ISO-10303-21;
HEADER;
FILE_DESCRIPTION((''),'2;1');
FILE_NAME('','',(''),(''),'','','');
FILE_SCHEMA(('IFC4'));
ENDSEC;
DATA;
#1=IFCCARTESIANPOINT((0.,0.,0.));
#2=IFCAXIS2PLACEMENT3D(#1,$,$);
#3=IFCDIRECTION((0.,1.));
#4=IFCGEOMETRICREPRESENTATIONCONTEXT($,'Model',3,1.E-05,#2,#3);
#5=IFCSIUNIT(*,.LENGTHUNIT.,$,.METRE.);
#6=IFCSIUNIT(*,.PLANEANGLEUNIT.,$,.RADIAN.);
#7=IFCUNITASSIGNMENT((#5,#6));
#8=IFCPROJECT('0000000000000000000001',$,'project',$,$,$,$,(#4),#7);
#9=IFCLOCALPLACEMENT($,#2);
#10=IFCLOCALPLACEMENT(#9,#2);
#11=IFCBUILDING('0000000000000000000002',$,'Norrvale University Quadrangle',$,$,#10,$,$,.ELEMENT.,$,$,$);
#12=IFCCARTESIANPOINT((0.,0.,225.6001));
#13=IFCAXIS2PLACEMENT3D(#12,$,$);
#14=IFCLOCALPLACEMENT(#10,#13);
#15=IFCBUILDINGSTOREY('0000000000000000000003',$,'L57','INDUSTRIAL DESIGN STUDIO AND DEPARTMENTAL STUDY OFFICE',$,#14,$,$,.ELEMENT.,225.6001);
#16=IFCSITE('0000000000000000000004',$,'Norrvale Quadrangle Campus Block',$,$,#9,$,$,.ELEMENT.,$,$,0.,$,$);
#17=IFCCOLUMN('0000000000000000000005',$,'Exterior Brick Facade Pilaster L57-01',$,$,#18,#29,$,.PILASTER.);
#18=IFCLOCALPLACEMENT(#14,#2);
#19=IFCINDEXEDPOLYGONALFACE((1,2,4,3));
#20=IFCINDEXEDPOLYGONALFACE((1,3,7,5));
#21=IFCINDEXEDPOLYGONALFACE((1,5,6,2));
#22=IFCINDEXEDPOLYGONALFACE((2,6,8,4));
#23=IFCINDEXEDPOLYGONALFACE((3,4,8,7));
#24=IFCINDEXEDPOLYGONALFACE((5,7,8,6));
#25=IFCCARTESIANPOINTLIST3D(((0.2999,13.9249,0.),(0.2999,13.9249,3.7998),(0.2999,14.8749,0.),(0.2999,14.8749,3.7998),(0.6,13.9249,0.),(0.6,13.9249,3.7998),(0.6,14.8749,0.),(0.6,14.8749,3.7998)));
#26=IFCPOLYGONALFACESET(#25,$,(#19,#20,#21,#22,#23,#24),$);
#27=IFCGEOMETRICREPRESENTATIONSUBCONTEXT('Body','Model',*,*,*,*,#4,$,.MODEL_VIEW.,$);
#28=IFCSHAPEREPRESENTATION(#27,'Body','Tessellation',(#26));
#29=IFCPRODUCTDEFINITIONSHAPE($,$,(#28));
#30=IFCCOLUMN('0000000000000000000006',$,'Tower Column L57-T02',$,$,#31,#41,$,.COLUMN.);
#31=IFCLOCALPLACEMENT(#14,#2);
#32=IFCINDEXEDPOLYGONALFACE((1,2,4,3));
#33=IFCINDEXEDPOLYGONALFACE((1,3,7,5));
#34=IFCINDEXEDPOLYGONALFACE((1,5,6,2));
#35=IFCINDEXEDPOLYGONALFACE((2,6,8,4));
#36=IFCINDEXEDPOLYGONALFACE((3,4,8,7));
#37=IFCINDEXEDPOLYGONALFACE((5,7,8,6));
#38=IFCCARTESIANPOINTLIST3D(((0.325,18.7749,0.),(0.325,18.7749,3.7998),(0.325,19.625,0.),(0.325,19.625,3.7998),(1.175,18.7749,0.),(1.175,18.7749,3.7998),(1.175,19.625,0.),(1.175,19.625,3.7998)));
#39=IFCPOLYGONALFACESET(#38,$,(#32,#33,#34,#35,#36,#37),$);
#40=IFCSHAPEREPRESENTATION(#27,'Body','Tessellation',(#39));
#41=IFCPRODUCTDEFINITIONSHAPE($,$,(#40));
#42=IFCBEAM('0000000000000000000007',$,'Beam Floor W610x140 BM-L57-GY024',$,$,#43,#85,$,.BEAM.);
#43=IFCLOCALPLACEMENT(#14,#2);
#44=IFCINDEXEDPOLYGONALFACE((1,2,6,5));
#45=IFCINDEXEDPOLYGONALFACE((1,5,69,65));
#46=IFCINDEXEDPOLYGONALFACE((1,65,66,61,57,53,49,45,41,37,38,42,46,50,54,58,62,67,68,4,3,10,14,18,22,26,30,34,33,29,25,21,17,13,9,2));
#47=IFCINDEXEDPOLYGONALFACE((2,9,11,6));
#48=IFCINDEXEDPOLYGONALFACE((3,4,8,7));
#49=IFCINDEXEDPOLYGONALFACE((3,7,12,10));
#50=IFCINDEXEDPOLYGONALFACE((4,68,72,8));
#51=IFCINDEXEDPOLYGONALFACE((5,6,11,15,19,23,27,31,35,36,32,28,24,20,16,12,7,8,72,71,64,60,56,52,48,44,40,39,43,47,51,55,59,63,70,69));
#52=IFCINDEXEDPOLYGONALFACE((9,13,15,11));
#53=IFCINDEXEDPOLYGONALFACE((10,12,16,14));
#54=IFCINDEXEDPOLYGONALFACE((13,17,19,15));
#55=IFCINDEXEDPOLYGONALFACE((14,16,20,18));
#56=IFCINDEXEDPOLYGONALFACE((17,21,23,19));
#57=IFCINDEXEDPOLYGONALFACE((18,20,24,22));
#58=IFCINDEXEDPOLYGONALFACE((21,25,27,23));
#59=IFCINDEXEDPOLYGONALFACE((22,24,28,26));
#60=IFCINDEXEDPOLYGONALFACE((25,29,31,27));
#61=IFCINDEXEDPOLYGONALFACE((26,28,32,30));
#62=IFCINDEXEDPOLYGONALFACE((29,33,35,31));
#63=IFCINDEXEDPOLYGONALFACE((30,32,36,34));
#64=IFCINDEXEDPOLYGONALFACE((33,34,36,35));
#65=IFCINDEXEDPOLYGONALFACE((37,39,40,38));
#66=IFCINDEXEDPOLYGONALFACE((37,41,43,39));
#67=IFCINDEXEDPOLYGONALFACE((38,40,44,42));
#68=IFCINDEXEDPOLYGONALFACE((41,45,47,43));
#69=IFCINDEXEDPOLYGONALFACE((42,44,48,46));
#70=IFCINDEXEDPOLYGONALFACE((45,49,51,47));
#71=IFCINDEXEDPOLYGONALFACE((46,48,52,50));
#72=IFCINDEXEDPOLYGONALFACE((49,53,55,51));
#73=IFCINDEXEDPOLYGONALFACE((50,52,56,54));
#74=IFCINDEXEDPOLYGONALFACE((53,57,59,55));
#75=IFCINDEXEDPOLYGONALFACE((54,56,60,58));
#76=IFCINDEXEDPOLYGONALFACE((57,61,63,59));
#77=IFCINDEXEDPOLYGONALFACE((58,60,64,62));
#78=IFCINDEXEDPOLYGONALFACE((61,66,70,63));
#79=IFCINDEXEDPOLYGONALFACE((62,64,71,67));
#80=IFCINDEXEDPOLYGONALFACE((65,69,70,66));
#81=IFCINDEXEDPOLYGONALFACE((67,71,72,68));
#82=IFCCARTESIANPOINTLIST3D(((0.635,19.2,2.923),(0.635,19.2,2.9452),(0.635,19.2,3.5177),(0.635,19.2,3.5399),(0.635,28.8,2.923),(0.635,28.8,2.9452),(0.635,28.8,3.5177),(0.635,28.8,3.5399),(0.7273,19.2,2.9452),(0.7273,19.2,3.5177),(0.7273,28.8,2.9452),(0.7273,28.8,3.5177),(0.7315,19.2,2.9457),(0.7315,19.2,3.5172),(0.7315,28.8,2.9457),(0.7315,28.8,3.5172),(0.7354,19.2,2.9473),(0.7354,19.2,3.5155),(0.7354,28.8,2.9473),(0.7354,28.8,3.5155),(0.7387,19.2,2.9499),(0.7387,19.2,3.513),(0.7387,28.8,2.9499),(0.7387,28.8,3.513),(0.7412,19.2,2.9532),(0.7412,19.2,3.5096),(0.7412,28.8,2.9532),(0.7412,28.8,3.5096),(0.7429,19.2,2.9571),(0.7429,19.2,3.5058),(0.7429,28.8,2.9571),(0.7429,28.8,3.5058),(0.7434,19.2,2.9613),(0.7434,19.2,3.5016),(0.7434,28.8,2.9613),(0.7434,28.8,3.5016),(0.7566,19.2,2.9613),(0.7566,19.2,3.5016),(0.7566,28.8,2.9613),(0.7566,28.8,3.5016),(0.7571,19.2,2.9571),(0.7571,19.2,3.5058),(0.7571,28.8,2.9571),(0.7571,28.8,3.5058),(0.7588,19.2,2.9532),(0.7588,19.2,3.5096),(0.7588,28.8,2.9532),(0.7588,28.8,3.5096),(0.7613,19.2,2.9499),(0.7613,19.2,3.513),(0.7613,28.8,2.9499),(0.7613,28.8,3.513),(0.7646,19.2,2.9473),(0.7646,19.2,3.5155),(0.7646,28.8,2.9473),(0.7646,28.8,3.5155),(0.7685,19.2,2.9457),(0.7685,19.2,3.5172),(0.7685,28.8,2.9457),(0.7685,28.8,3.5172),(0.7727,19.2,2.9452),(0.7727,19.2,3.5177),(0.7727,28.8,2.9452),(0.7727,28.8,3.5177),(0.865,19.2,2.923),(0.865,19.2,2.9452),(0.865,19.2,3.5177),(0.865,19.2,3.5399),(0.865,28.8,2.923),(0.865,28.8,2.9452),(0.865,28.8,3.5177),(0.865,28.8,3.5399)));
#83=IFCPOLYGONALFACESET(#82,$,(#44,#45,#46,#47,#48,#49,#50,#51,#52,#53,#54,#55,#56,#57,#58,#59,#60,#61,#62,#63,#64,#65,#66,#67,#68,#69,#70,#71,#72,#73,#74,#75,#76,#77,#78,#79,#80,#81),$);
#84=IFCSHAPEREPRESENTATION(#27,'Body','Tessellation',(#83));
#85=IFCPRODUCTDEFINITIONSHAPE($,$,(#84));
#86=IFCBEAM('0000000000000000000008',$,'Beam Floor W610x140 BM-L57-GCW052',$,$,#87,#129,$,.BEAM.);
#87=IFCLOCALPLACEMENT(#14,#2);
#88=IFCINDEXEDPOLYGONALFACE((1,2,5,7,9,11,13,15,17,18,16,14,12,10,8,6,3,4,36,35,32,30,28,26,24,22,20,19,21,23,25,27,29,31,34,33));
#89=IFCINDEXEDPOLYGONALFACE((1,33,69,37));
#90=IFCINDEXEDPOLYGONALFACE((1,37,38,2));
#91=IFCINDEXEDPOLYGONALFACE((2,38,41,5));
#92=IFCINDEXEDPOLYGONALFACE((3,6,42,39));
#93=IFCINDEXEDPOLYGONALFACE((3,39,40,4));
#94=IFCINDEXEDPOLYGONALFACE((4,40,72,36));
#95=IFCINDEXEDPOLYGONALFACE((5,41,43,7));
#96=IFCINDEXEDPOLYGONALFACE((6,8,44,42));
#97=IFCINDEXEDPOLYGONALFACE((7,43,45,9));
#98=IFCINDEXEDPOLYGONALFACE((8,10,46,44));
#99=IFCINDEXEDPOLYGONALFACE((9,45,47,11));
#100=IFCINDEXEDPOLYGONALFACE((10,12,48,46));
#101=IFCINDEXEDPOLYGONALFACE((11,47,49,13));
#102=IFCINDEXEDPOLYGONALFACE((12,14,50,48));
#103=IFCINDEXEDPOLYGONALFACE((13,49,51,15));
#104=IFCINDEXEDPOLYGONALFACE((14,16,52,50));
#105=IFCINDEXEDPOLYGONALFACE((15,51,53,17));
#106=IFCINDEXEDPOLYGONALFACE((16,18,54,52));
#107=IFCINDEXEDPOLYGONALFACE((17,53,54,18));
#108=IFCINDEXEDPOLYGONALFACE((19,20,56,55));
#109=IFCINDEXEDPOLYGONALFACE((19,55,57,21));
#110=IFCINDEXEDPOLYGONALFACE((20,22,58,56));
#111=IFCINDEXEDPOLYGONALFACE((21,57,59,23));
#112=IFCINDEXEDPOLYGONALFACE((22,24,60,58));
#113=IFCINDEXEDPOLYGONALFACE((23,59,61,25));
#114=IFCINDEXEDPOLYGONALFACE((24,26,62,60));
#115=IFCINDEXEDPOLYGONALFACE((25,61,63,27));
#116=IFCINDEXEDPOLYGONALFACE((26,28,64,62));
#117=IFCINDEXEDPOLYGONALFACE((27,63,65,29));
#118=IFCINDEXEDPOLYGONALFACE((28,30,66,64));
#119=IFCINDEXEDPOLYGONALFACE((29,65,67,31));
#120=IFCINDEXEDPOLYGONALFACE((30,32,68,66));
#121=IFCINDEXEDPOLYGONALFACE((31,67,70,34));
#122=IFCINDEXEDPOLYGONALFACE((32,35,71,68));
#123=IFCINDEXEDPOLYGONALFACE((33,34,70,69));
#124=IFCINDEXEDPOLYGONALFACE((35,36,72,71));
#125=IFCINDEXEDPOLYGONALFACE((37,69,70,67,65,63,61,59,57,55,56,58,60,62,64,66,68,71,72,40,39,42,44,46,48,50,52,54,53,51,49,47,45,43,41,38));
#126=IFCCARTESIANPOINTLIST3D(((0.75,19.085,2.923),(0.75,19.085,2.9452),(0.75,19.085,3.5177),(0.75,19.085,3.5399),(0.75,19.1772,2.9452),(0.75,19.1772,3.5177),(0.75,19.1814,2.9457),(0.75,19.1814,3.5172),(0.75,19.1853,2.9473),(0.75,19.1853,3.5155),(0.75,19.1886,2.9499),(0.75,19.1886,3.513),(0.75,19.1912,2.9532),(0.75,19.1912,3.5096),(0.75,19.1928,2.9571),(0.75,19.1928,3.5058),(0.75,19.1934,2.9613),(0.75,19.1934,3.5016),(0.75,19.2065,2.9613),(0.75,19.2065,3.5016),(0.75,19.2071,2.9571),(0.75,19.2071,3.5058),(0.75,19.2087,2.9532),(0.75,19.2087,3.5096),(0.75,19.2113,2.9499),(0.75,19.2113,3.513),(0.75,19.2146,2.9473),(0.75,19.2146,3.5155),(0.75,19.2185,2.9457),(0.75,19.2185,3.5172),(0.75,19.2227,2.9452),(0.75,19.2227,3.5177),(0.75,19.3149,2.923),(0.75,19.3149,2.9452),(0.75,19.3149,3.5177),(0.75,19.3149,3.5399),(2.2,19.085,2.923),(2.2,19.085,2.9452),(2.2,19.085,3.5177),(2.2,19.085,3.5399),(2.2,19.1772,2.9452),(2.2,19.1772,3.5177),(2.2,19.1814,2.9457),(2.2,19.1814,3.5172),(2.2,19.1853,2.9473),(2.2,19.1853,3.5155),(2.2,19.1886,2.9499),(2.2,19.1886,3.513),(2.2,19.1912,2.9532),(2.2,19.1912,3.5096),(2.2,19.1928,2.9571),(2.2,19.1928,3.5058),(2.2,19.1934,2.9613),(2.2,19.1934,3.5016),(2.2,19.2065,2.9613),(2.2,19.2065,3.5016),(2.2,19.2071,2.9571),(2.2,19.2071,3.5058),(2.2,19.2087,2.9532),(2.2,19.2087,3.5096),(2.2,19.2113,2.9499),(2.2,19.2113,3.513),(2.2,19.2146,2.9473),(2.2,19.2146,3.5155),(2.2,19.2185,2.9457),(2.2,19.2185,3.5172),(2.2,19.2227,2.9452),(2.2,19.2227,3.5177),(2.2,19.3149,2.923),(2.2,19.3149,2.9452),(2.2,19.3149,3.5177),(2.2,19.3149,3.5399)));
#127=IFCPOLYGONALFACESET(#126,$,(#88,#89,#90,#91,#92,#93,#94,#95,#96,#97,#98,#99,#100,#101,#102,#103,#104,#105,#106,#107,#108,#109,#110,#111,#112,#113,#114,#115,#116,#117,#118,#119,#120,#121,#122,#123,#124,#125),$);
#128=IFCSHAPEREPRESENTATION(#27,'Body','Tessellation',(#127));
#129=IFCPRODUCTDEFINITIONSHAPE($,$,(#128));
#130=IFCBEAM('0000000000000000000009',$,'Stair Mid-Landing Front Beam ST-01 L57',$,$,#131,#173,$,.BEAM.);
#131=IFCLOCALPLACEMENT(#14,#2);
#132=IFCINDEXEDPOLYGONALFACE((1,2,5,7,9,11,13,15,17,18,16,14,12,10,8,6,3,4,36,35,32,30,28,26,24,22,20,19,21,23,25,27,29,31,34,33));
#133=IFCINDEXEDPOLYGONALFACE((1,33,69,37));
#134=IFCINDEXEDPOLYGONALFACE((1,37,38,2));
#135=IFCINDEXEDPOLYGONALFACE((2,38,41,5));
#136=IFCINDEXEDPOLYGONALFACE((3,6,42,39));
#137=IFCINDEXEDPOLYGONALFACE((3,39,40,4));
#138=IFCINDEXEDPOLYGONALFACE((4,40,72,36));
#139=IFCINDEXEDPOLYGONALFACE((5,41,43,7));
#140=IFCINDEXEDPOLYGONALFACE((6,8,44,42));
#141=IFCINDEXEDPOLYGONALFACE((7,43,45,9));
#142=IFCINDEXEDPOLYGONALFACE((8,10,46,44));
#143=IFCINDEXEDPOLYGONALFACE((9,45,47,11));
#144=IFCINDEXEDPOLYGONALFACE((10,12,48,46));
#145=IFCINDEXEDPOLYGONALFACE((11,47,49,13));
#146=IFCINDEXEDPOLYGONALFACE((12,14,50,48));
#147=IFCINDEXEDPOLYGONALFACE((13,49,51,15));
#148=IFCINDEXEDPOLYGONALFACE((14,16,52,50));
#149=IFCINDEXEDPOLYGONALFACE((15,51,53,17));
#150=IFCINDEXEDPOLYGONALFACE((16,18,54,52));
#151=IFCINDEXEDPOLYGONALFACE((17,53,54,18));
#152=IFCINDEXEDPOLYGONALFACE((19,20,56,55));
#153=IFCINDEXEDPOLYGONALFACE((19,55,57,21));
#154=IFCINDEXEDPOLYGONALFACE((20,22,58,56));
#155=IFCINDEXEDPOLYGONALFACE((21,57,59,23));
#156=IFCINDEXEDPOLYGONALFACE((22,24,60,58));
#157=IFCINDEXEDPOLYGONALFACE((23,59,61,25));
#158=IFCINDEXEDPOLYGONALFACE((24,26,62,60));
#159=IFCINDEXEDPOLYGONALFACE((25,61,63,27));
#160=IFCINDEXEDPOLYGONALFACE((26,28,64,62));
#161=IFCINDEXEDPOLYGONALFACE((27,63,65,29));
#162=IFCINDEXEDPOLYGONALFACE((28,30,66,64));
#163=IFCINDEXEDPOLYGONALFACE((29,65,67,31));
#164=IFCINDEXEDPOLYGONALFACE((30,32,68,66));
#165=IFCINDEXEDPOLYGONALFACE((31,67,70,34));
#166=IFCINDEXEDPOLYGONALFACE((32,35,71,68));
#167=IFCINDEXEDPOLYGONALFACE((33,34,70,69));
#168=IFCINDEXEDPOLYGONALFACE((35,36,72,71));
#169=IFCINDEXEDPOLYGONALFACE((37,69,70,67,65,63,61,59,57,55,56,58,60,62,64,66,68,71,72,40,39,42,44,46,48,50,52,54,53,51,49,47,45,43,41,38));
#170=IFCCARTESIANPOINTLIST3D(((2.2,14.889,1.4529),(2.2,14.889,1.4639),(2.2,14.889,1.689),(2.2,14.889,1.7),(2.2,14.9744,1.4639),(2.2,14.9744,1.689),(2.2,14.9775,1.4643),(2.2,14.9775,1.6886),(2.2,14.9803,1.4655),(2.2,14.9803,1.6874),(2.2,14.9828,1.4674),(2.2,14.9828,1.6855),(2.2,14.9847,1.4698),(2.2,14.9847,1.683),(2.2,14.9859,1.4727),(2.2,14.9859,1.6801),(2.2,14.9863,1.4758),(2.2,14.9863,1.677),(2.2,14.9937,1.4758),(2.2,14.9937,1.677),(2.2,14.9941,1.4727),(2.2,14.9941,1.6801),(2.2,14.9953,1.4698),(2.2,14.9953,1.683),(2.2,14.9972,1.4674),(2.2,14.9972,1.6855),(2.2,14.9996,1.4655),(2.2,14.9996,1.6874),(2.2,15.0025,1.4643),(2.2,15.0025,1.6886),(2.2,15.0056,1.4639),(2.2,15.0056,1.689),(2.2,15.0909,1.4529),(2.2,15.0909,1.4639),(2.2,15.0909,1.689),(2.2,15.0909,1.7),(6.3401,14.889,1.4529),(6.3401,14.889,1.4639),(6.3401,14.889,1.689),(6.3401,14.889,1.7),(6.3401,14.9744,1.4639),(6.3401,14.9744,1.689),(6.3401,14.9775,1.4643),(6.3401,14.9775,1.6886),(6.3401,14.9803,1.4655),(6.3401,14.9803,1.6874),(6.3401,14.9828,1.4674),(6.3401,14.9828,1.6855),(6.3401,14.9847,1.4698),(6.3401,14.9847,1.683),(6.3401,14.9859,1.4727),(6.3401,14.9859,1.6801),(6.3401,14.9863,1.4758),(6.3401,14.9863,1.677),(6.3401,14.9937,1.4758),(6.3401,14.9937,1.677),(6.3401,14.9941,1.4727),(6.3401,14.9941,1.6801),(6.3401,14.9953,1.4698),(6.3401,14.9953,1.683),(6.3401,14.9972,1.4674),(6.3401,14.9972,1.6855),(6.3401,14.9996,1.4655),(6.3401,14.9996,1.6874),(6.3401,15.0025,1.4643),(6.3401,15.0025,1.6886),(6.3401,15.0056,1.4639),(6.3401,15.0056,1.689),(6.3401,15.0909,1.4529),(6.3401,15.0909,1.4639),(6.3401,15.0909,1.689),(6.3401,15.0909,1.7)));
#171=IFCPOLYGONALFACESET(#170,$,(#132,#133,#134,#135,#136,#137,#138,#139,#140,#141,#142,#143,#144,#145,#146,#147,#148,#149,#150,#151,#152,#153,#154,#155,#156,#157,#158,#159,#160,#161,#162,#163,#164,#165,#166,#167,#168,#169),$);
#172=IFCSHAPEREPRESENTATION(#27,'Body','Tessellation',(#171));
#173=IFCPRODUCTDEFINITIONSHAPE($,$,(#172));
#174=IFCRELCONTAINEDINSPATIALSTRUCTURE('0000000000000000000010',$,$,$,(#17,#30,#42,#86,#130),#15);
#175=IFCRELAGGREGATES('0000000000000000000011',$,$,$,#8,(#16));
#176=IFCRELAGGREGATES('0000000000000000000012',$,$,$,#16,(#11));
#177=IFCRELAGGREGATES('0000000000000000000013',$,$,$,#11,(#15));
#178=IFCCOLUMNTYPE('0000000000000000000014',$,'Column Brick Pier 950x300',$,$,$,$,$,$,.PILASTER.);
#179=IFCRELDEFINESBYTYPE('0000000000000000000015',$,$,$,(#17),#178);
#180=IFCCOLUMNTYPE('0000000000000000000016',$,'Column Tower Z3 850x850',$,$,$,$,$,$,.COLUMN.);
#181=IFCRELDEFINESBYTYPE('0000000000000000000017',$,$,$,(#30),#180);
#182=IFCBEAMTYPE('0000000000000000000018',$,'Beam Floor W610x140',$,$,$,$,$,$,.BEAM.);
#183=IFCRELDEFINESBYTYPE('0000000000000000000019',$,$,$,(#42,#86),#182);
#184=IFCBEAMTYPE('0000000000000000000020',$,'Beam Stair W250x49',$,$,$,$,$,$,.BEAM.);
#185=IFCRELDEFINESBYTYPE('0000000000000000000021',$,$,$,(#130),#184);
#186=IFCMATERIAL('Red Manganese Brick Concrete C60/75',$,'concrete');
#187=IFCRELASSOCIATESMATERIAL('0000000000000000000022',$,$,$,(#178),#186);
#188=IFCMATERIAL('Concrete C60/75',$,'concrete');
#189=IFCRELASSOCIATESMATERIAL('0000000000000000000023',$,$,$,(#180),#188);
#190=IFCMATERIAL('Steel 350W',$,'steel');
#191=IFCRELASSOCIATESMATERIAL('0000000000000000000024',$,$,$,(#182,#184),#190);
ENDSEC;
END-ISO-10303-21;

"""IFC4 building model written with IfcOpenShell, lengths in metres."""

from ifc_helpers import new_model, si_unit, direction, frame, origin, origin_2d, place, context, subcontext, project, spatial, rectangle, i_section, extrude, material, material_profile, profile_set, type_object, element, save


model = new_model("IFC4")

# Units and contexts
model_context = context("Model", 3, precision=1e-05, world=origin(), true_north=direction((0.0, 1.0)))
body_context = subcontext(model_context, "Body", "Model", "MODEL_VIEW")
ifc_project = project(units=[si_unit("LENGTHUNIT", "METRE"), si_unit("PLANEANGLEUNIT", "RADIAN")], contexts=[model_context])

# Site, building, storey
site_placement = place(None, origin())
site = spatial("IfcSite", under=ifc_project, at=site_placement, Name="Norrvale Quadrangle Campus Block", CompositionType="ELEMENT", RefElevation=0.0)
building_placement = place(site_placement, origin())
building = spatial("IfcBuilding", under=site, at=building_placement, Name="Norrvale University Quadrangle", CompositionType="ELEMENT")
storey_placement = place(building_placement, frame((0.0, 0.0, 225.6001)))
storey = spatial("IfcBuildingStorey", under=building, at=storey_placement, Name="L57", Description="INDUSTRIAL DESIGN STUDIO AND DEPARTMENTAL STUDY OFFICE", CompositionType="ELEMENT", Elevation=225.6001)

# Columns
ifc_material_1 = material(Name="Red Manganese Brick Concrete C60/75", Category="concrete")
ifc_material_profile_1 = material_profile(ifc_material_1, rectangle(XDim=0.95, YDim=0.3, at=origin_2d()), Name="Red Manganese Brick Concrete C60/75")
ifc_profile_set_1 = profile_set([ifc_material_profile_1], Name="Red Manganese Brick Concrete C60/75")
column_type_1 = type_object("IfcColumnType", Name="Column Brick Pier 950x300", PredefinedType="PILASTER", material=ifc_profile_set_1)
column_1_placement = place(storey_placement, frame((0.45, 14.3999, 0.0), z_axis=(0.0, 0.0, 1.0), x_axis=(0.0, 1.0, 0.0)))
element("IfcColumn", 1, at=column_1_placement, inside=storey, type_object=column_type_1, Name="Exterior Brick Facade Pilaster L57-01", PredefinedType="PILASTER", context=body_context, shape_type="SweptSolid", body=[
    extrude(rectangle(XDim=0.95, YDim=0.3, at=origin_2d()), origin(), (0.0, 0.0, 1.0), 3.7998),
])
ifc_material_2 = material(Name="Concrete C60/75", Category="concrete")
ifc_material_profile_2 = material_profile(ifc_material_2, rectangle(XDim=0.8501, YDim=0.8501, at=origin_2d()), Name="Concrete C60/75")
ifc_profile_set_2 = profile_set([ifc_material_profile_2], Name="Concrete C60/75")
column_type_2 = type_object("IfcColumnType", Name="Column Tower Z3 850x850", PredefinedType="COLUMN", material=ifc_profile_set_2)
column_2_placement = place(storey_placement, frame((0.75, 19.2, 0.0), z_axis=(0.0, 0.0, 1.0), x_axis=(1.0, 0.0, 0.0)))
element("IfcColumn", 2, at=column_2_placement, inside=storey, type_object=column_type_2, Name="Tower Column L57-T02", PredefinedType="COLUMN", context=body_context, shape_type="SweptSolid", body=[
    extrude(rectangle(XDim=0.8501, YDim=0.8501, at=origin_2d()), origin(), (0.0, 0.0, 1.0), 3.7998),
])

# Beams
ifc_material_3 = material(Name="Steel 350W", Category="steel")
ifc_material_profile_3 = material_profile(ifc_material_3, i_section(OverallWidth=0.23, OverallDepth=0.6169, WebThickness=0.0132, FlangeThickness=0.0222, FilletRadius=0.0161, at=origin_2d()), Name="Steel 350W")
ifc_profile_set_3 = profile_set([ifc_material_profile_3], Name="Steel 350W")
beam_type_1 = type_object("IfcBeamType", Name="Beam Floor W610x140", PredefinedType="BEAM", material=ifc_profile_set_3)
beam_1_placement = place(storey_placement, frame((0.75, 19.2, 3.2314), z_axis=(0.0, 1.0, 0.0), x_axis=(-1.0, 0.0, 0.0)))
element("IfcBeam", 3, at=beam_1_placement, inside=storey, type_object=beam_type_1, Name="Beam Floor W610x140 BM-L57-GY024", PredefinedType="BEAM", context=body_context, shape_type="SweptSolid", body=[
    extrude(i_section(OverallWidth=0.23, OverallDepth=0.6169, WebThickness=0.0132, FlangeThickness=0.0222, FilletRadius=0.0161, at=origin_2d()), origin(), (0.0, 0.0, 1.0), 9.6001),
])
beam_2_placement = place(storey_placement, frame((0.75, 19.2, 3.2314), z_axis=(1.0, 0.0, 0.0), x_axis=(0.0, 1.0, 0.0)))
element("IfcBeam", 4, at=beam_2_placement, inside=storey, type_object=beam_type_1, Name="Beam Floor W610x140 BM-L57-GCW052", PredefinedType="BEAM", context=body_context, shape_type="SweptSolid", body=[
    extrude(i_section(OverallWidth=0.23, OverallDepth=0.6169, WebThickness=0.0132, FlangeThickness=0.0222, FilletRadius=0.0161, at=origin_2d()), origin(), (0.0, 0.0, 1.0), 1.45),
])
ifc_material_profile_4 = material_profile(ifc_material_3, i_section(OverallWidth=0.2019, OverallDepth=0.2471, WebThickness=0.0073, FlangeThickness=0.011, FilletRadius=0.012, at=origin_2d()), Name="Steel 350W")
ifc_profile_set_4 = profile_set([ifc_material_profile_4], Name="Steel 350W")
beam_type_2 = type_object("IfcBeamType", Name="Beam Stair W250x49", PredefinedType="BEAM", material=ifc_profile_set_4)
for number, where, z_axis, x_axis, name in (
    (5, (2.2, 14.99, 1.5764), (1.0, 0.0, 0.0), (0.0, 1.0, 0.0), "Stair Mid-Landing Front Beam ST-01 L57"),
):
    element("IfcBeam", number, at=place(storey_placement, frame(where, z_axis=z_axis, x_axis=x_axis)), inside=storey, type_object=beam_type_2, Name=name, PredefinedType="BEAM", context=body_context, shape_type="SweptSolid", body=[
        extrude(i_section(OverallWidth=0.2019, OverallDepth=0.2471, WebThickness=0.0073, FlangeThickness=0.011, FilletRadius=0.012, at=origin_2d()), origin(), (0.0, 0.0, 1.0), 4.1401),
    ])

save(model, "model.ifc")
